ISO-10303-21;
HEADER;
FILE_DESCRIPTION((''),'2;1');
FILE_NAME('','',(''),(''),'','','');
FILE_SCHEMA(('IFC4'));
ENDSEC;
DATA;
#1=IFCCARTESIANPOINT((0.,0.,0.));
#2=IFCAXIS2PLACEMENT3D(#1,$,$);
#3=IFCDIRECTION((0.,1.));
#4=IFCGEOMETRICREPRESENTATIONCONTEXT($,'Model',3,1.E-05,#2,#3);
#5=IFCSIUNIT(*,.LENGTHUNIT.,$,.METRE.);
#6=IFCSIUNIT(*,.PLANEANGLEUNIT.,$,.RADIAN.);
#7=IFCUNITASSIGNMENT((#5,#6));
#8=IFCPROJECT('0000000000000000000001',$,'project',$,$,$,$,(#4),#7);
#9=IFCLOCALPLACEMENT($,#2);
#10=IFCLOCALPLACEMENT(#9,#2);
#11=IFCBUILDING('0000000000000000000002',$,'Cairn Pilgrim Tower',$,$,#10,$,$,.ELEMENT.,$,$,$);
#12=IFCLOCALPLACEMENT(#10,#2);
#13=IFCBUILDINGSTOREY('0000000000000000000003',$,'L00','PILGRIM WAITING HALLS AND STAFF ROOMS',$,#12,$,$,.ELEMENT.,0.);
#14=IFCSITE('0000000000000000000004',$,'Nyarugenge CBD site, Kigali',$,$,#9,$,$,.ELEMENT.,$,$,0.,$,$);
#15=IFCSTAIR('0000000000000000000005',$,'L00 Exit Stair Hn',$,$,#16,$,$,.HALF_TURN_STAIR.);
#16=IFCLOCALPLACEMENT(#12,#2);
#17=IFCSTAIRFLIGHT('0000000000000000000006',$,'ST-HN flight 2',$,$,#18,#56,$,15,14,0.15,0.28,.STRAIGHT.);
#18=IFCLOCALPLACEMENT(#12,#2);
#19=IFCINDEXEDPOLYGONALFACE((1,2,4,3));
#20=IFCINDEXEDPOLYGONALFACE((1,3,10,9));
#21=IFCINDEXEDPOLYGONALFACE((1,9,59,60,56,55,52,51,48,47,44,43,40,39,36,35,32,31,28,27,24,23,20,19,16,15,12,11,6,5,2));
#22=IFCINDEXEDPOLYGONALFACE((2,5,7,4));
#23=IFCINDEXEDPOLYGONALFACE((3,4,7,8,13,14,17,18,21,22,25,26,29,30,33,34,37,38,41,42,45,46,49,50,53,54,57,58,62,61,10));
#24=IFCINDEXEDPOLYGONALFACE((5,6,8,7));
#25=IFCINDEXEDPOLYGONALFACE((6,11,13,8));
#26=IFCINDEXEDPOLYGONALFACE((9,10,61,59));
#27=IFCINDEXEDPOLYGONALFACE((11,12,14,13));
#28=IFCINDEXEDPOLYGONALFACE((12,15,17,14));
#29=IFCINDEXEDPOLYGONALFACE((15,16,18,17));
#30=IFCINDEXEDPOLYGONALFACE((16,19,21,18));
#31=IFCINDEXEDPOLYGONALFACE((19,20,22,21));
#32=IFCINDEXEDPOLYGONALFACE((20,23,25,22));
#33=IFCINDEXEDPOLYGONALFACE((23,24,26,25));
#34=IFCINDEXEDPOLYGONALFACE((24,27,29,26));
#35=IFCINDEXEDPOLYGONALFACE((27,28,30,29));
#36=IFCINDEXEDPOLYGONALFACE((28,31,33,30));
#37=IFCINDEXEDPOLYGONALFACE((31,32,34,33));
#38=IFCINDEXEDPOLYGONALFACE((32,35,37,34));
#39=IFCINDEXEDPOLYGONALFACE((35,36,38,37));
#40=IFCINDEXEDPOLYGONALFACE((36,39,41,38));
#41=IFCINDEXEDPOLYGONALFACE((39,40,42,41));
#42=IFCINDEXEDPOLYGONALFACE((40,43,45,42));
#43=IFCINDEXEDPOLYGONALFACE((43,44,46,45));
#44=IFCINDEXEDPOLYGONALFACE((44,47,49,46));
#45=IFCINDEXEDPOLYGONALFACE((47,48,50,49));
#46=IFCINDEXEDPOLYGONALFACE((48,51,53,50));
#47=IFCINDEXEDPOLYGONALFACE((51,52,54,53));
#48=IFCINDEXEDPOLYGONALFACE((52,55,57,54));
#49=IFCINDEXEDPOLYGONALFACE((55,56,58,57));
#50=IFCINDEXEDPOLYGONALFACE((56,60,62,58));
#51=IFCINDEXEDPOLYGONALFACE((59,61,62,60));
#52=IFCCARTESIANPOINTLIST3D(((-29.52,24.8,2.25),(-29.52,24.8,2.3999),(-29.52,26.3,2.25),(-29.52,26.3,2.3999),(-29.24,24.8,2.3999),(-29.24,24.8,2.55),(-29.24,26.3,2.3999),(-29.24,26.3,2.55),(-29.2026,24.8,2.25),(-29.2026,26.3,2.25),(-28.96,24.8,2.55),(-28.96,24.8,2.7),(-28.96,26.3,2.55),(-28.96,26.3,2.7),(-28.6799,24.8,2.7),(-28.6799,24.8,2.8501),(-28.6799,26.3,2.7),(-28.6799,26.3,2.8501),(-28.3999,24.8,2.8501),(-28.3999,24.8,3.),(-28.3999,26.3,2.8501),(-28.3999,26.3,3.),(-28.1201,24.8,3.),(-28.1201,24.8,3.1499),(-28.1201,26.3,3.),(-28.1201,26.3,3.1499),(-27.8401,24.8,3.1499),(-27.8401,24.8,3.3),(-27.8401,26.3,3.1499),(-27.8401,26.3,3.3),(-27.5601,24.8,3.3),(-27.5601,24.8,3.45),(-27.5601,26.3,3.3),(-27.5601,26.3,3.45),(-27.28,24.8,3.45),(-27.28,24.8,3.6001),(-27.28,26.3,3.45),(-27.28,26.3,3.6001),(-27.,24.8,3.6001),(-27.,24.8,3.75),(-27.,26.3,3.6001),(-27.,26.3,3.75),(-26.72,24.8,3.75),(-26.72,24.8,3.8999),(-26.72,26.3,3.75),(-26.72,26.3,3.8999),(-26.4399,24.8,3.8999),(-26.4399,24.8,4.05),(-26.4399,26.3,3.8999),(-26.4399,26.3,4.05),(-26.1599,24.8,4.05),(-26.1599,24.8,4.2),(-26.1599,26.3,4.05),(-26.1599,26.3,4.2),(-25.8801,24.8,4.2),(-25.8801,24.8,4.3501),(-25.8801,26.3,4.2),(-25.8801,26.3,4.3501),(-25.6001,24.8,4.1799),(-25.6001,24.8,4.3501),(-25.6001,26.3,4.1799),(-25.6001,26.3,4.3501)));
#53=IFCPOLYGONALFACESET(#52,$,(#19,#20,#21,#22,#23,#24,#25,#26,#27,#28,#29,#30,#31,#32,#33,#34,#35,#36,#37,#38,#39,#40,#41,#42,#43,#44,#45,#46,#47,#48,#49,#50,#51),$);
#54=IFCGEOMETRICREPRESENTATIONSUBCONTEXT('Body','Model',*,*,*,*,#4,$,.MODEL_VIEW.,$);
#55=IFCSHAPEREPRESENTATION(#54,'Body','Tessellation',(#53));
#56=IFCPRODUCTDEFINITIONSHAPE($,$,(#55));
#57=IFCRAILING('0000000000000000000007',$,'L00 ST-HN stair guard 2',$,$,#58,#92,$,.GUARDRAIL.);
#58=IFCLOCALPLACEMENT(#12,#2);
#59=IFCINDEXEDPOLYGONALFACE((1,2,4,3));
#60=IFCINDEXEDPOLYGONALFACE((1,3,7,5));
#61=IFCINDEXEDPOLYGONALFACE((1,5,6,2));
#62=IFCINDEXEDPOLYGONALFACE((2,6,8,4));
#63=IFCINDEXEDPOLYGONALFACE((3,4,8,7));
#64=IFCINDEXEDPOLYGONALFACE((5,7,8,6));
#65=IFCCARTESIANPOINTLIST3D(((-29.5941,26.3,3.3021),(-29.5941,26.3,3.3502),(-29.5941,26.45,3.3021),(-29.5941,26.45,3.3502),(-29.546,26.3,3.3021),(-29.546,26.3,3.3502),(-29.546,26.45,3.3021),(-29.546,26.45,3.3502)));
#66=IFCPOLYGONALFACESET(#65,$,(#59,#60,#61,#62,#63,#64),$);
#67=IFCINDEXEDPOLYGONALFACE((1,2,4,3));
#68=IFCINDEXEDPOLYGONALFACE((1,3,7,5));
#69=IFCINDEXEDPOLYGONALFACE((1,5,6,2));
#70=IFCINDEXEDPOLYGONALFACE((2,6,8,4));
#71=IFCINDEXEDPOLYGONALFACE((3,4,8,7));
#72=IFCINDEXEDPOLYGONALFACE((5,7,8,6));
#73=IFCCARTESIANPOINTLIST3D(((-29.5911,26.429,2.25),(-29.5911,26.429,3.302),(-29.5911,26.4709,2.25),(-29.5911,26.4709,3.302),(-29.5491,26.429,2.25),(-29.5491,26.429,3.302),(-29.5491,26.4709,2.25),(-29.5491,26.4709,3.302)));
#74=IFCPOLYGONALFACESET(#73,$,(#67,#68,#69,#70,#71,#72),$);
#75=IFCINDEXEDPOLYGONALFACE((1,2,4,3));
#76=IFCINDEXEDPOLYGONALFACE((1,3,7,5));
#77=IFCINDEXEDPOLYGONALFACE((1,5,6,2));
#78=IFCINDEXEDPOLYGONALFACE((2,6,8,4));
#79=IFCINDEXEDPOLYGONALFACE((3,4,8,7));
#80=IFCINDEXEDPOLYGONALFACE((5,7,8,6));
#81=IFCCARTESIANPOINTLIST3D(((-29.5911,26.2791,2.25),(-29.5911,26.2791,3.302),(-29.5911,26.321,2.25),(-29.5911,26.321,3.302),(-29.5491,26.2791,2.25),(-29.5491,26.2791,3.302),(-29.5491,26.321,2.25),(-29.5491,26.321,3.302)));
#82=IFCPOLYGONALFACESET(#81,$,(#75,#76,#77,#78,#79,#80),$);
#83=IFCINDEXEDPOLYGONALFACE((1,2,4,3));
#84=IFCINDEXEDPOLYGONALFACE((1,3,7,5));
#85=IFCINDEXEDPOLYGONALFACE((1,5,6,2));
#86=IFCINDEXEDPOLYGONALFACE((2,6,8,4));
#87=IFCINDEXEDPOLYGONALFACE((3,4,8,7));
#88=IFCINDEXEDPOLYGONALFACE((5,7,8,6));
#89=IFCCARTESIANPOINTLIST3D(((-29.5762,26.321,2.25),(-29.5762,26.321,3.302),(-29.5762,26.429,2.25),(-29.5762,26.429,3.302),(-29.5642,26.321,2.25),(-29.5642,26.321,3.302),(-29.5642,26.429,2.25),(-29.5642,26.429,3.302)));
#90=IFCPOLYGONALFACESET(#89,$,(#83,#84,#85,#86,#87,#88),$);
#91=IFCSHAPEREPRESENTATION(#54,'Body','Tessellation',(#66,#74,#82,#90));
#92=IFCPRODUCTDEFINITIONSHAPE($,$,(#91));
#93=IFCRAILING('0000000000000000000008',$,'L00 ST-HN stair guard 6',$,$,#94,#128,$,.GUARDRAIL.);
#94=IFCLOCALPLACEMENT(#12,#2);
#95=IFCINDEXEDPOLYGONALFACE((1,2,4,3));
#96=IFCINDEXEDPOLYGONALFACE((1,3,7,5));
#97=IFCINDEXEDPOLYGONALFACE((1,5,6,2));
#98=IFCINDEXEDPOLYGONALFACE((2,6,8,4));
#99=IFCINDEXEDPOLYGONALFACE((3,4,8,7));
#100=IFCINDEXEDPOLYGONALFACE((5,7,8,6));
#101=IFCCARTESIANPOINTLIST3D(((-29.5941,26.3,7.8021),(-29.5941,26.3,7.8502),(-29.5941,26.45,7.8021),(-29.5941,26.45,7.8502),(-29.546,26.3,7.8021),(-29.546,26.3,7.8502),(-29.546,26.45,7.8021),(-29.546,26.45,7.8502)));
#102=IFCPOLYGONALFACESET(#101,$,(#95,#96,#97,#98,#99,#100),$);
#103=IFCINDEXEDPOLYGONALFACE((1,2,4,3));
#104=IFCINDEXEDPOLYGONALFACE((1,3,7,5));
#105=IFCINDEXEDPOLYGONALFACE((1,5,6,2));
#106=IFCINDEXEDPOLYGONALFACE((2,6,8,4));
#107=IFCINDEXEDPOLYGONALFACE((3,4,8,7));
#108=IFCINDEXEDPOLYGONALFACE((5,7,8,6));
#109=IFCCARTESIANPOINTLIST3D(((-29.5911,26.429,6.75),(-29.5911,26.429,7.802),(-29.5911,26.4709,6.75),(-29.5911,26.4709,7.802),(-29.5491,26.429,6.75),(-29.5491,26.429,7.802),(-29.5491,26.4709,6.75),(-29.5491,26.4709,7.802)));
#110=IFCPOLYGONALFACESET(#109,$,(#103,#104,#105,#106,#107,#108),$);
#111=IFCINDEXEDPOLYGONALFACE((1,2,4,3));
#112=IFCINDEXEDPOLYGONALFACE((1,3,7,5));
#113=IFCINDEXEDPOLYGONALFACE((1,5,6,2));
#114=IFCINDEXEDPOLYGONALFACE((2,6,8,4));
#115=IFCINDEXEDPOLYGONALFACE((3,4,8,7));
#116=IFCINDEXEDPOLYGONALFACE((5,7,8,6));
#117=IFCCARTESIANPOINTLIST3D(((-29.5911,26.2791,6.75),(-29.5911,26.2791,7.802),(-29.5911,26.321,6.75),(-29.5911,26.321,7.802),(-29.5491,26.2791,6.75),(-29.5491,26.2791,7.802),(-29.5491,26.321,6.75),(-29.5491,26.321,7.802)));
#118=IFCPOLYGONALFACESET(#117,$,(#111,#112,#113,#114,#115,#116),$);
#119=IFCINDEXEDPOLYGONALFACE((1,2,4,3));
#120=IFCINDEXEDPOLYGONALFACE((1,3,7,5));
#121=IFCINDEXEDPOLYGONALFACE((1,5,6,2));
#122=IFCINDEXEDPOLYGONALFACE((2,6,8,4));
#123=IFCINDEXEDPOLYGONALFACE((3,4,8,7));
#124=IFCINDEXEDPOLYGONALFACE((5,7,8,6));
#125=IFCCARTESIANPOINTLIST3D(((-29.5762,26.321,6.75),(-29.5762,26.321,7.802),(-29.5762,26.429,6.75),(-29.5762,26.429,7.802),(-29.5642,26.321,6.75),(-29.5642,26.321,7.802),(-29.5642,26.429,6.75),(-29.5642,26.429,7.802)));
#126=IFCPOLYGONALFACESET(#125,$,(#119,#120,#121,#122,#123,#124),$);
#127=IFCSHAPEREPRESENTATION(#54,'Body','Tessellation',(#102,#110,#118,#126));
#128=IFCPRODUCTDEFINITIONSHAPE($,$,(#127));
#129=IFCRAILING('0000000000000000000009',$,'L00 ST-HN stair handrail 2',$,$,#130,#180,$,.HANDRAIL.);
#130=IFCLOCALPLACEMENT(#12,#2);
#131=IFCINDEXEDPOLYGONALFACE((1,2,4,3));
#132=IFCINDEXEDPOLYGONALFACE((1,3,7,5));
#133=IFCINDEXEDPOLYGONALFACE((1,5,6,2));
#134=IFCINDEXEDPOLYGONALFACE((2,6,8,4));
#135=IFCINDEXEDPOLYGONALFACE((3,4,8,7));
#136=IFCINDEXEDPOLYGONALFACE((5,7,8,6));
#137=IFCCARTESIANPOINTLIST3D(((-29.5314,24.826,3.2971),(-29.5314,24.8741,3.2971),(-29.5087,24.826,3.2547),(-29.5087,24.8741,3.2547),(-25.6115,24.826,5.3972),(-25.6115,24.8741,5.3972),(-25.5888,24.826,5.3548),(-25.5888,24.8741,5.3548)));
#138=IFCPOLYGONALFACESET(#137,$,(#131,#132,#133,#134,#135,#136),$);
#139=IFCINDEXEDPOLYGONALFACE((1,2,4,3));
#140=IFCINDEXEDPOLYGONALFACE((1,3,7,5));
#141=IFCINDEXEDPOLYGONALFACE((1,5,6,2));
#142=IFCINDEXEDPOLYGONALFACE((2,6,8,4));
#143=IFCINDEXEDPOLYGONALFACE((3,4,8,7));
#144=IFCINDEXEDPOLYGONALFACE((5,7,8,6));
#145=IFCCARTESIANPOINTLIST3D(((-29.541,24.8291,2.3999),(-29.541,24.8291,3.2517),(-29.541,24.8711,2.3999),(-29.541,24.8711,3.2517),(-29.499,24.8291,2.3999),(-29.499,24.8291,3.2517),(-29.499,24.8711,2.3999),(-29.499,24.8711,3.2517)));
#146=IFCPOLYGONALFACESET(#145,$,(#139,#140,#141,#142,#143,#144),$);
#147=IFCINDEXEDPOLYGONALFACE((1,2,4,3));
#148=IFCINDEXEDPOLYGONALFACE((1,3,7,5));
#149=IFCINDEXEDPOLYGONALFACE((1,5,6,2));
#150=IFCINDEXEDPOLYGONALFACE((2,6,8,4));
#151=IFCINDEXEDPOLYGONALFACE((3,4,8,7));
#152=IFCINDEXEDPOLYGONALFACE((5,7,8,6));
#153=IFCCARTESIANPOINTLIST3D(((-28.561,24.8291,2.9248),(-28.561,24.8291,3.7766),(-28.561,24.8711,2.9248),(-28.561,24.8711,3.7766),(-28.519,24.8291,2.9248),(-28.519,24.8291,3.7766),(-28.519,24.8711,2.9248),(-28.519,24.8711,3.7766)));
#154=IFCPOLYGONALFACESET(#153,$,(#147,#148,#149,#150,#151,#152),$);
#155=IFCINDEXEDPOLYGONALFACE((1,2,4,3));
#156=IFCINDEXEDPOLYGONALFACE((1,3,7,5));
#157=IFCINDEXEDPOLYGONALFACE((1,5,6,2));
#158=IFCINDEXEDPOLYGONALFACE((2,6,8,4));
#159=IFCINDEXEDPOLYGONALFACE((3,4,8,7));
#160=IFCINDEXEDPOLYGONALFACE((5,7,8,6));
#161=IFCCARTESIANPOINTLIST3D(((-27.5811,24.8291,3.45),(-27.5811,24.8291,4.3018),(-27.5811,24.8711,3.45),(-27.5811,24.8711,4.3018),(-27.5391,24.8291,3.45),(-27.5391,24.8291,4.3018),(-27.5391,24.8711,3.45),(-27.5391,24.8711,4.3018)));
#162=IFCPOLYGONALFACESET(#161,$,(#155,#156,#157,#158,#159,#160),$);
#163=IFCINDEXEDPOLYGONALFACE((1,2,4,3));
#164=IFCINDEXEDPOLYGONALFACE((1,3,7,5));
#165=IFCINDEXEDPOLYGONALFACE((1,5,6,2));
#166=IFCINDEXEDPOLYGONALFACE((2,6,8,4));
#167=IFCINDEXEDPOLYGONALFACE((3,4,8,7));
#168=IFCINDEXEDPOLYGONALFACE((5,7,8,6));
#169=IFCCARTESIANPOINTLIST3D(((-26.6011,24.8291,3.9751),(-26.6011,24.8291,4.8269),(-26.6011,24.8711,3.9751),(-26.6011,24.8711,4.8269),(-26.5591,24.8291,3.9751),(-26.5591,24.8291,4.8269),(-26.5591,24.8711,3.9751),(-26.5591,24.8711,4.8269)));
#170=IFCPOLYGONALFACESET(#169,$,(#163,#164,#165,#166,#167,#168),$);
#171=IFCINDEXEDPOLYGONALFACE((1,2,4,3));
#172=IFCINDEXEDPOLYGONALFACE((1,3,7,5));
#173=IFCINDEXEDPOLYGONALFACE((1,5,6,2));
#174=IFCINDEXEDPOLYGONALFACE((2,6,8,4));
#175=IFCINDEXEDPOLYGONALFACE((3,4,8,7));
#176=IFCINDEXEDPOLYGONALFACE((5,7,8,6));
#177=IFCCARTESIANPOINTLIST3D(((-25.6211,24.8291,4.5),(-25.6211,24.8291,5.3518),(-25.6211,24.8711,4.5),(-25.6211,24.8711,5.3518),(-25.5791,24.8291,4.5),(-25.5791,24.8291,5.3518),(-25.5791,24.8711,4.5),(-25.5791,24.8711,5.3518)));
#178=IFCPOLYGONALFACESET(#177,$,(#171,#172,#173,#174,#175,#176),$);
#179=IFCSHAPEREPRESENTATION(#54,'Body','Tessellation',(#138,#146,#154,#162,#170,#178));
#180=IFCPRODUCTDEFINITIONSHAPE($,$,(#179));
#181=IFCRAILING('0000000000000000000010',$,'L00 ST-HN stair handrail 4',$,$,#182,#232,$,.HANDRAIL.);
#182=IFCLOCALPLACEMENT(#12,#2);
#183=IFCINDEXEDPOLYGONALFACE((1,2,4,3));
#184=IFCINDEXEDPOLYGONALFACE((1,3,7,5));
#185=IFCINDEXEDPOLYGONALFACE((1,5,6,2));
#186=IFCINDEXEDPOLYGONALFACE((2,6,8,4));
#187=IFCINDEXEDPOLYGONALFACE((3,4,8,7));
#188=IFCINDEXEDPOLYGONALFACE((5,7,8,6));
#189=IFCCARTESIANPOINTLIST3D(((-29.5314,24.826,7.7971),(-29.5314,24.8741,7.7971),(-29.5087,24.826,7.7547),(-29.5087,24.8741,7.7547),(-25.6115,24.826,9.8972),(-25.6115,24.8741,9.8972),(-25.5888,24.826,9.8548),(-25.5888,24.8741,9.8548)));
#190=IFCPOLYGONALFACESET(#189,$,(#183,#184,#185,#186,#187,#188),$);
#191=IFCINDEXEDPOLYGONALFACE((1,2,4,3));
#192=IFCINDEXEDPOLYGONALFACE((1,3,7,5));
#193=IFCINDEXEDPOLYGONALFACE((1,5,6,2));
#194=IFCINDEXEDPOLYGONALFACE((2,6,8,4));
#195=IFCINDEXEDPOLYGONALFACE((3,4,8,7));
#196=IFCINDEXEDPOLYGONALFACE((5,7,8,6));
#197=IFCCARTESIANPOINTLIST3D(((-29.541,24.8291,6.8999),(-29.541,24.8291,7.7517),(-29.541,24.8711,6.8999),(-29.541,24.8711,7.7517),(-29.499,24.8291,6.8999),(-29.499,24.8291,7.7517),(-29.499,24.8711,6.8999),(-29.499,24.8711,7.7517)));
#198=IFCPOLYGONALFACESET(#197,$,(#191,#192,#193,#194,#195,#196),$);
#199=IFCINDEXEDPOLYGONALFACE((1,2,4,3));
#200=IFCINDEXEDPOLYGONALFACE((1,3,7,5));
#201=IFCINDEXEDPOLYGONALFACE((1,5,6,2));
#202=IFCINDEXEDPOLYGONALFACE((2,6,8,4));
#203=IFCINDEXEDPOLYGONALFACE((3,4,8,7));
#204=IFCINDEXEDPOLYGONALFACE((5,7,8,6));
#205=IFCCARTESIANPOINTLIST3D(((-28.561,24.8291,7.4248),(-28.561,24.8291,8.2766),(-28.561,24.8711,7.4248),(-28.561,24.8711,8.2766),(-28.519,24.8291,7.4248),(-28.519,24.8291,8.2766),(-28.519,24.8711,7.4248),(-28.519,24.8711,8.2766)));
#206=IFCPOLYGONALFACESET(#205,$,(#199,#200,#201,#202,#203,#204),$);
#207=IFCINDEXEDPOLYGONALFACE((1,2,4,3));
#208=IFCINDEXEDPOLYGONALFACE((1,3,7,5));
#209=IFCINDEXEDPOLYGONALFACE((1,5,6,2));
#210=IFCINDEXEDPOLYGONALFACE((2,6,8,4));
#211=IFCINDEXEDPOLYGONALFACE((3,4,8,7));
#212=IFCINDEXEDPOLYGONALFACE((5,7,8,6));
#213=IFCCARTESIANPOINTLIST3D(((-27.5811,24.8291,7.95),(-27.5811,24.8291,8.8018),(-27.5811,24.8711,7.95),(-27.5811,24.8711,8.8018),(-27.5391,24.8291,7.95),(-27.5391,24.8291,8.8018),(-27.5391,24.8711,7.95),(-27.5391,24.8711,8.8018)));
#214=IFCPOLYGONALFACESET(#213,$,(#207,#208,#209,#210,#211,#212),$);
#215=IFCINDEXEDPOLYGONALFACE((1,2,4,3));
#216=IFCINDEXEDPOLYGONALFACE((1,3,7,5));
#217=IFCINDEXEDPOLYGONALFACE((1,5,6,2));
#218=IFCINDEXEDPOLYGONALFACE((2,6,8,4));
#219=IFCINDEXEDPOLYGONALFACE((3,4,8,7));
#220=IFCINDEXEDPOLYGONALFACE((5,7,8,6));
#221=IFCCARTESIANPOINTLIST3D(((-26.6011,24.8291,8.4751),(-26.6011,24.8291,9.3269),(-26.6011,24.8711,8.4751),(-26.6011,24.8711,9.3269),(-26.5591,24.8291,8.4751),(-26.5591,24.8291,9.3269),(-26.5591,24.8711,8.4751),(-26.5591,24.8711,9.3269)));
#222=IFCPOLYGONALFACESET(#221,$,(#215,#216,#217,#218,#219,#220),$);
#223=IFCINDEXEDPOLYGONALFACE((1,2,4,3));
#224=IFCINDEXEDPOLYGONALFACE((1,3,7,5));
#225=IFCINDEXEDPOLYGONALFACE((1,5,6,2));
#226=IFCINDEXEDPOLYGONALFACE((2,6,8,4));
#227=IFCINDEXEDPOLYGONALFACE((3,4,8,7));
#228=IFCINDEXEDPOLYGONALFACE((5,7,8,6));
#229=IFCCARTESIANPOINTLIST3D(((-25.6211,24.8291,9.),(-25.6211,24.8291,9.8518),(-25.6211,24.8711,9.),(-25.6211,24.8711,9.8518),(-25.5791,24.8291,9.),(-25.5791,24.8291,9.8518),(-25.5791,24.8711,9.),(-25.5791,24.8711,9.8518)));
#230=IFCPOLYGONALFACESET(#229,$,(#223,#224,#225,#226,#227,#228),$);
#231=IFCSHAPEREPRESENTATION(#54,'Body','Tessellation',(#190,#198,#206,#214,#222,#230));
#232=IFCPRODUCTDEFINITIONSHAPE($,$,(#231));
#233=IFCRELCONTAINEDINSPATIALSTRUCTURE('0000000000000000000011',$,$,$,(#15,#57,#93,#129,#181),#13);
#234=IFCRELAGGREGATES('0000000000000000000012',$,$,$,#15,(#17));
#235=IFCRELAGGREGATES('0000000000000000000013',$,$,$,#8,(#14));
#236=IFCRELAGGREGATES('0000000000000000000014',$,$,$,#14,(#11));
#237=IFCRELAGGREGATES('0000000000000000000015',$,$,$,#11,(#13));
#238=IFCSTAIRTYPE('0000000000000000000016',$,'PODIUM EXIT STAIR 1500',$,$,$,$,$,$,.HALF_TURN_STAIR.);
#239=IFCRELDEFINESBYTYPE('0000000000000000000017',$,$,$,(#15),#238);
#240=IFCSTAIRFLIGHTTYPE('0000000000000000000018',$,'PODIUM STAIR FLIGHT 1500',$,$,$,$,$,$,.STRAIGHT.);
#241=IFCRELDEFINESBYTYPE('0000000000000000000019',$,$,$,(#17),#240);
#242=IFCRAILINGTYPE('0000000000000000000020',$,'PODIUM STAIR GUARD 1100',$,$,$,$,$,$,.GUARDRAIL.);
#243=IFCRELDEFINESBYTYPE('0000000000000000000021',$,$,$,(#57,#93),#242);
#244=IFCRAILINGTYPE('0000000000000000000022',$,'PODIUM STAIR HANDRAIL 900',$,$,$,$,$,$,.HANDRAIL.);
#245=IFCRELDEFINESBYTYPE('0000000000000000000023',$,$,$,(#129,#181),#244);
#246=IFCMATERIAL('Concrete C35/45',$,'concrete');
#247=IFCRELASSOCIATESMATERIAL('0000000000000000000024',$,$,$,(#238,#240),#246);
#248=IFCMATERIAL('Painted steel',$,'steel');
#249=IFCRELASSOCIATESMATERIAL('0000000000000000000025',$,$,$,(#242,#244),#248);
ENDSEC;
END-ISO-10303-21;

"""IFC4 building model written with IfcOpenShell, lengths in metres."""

from ifc_helpers import new_model, si_unit, direction, frame, origin, origin_2d, place, context, subcontext, project, spatial, polyline, rectangle, outline, extrude, material, type_object, element, aggregate, save


model = new_model("IFC4")

# Units and contexts
model_context = context("Model", 3, precision=1e-05, world=origin(), true_north=direction((0.0, 1.0)))
body_context = subcontext(model_context, "Body", "Model", "MODEL_VIEW")
ifc_project = project(units=[si_unit("LENGTHUNIT", "METRE"), si_unit("PLANEANGLEUNIT", "RADIAN")], contexts=[model_context])

# Site, building, storey
site_placement = place(None, origin())
site = spatial("IfcSite", under=ifc_project, at=site_placement, Name="Nyarugenge CBD site, Kigali", CompositionType="ELEMENT", RefElevation=0.0)
building_placement = place(site_placement, origin())
building = spatial("IfcBuilding", under=site, at=building_placement, Name="Cairn Pilgrim Tower", CompositionType="ELEMENT")
storey_placement = place(building_placement, origin())
storey = spatial("IfcBuildingStorey", under=building, at=storey_placement, Name="L00", Description="PILGRIM WAITING HALLS AND STAFF ROOMS", CompositionType="ELEMENT", Elevation=0.0)

# Shared definitions
ifc_material_1 = material(Name="Concrete C35/45", Category="concrete")

# Shared definitions
ifc_material_2 = material(Name="Painted steel", Category="steel")

# Stair, stair flight
stair_type = type_object("IfcStairType", Name="PODIUM EXIT STAIR 1500", PredefinedType="HALF_TURN_STAIR", material=ifc_material_1)
stair_placement = place(storey_placement, origin())
stair = element("IfcStair", 1, at=stair_placement, inside=storey, type_object=stair_type, Name="L00 Exit Stair Hn", PredefinedType="HALF_TURN_STAIR")
stair_flight_type = type_object("IfcStairFlightType", Name="PODIUM STAIR FLIGHT 1500", PredefinedType="STRAIGHT", material=ifc_material_1)
stair_flight_placement = place(storey_placement, frame((-29.52, 25.55, 2.25), z_axis=(0.0, 0.0, 1.0), x_axis=(1.0, 0.0, 0.0)))
stair_flight = element("IfcStairFlight", 2, at=stair_flight_placement, type_object=stair_flight_type, Name="ST-HN flight 2", NumberOfRisers=15, NumberOfTreads=14, PredefinedType="STRAIGHT", RiserHeight=0.15, TreadLength=0.28, context=body_context, shape_type="SweptSolid", body=[
    extrude(outline(polyline([(0.0, 0.0), (0.0, 0.1499), (0.28, 0.1499), (0.28, 0.3), (0.5601, 0.3), (0.5601, 0.45), (0.8401, 0.45), (0.8401, 0.6001), (1.1201, 0.6001), (1.1201, 0.75), (1.3999, 0.75), (1.3999, 0.8999), (1.6799, 0.8999), (1.6799, 1.05), (1.96, 1.05), (1.96, 1.2), (2.24, 1.2), (2.24, 1.3501), (2.52, 1.3501), (2.52, 1.5), (2.8, 1.5), (2.8, 1.6499), (3.0801, 1.6499), (3.0801, 1.8), (3.3601, 1.8), (3.3601, 1.95), (3.6399, 1.95), (3.6399, 2.1001), (3.9199, 2.1001), (3.9199, 2.25), (3.9199, 1.9299), (0.3174, 0.0), (0.0, 0.0)])), frame((0.0, 0.75, 0.0), z_axis=(0.0, -1.0, 0.0), x_axis=(1.0, 0.0, 0.0)), (0.0, 0.0, 1.0), 1.5),
])
aggregate(stair, [stair_flight])

# Railings
railing_type_1 = type_object("IfcRailingType", Name="PODIUM STAIR GUARD 1100", PredefinedType="GUARDRAIL", material=ifc_material_2)
for number, where, name in (
    (3, (-29.5701, 26.45, 2.25), "L00 ST-HN stair guard 2"),
    (4, (-29.5701, 26.45, 6.75), "L00 ST-HN stair guard 6"),
):
    element("IfcRailing", number, at=place(storey_placement, frame(where)), inside=storey, type_object=railing_type_1, Name=name, PredefinedType="GUARDRAIL", context=body_context, shape_type="SweptSolid", body=[
        extrude(rectangle(XDim=0.0481, YDim=0.0481, at=origin_2d()), frame((0.0, 0.0, 1.0762), z_axis=(0.0, -1.0, 0.0), x_axis=(1.0, 0.0, 0.0)), (0.0, 0.0, 1.0), 0.1499),
        extrude(rectangle(XDim=0.042, YDim=0.042, at=origin_2d()), origin(), (0.0, 0.0, 1.0), 1.052),
        extrude(rectangle(XDim=0.042, YDim=0.042, at=origin_2d()), frame((0.0, -0.1499, 0.0)), (0.0, 0.0, 1.0), 1.052),
        extrude(outline(polyline([(0.021, 0.0), (0.1289, 0.0), (0.1289, 1.052), (0.021, 1.052), (0.021, 0.0)])), frame((0.0059, 0.0, 0.0), z_axis=(-1.0, 0.0, 0.0), x_axis=(0.0, -1.0, 0.0)), (0.0, 0.0, 1.0), 0.012),
    ])
railing_type_2 = type_object("IfcRailingType", Name="PODIUM STAIR HANDRAIL 900", PredefinedType="HANDRAIL", material=ifc_material_2)
for number, where, name in (
    (5, (-29.52, 24.8501, 2.3999), "L00 ST-HN stair handrail 2"),
    (6, (-29.52, 24.8501, 6.8999), "L00 ST-HN stair handrail 4"),
):
    element("IfcRailing", number, at=place(storey_placement, frame(where)), inside=storey, type_object=railing_type_2, Name=name, PredefinedType="HANDRAIL", context=body_context, shape_type="SweptSolid", body=[
        extrude(rectangle(XDim=0.0481, YDim=0.0481, at=origin_2d()), frame((0.0, 0.0, 0.876), z_axis=(0.881467, 0.0, 0.472246), x_axis=(0.0, 1.0, 0.0)), (0.0, 0.0, 1.0), 4.447),
        extrude(rectangle(XDim=0.042, YDim=0.042, at=origin_2d()), origin(), (0.0, 0.0, 1.0), 0.8518),
        extrude(rectangle(XDim=0.042, YDim=0.042, at=origin_2d()), frame((0.98, 0.0, 0.5249)), (0.0, 0.0, 1.0), 0.8518),
        extrude(rectangle(XDim=0.042, YDim=0.042, at=origin_2d()), frame((1.96, 0.0, 1.05)), (0.0, 0.0, 1.0), 0.8518),
        extrude(rectangle(XDim=0.042, YDim=0.042, at=origin_2d()), frame((2.9399, 0.0, 1.5752)), (0.0, 0.0, 1.0), 0.8518),
        extrude(rectangle(XDim=0.042, YDim=0.042, at=origin_2d()), frame((3.9199, 0.0, 2.1001)), (0.0, 0.0, 1.0), 0.8518),
    ])

save(model, "model.ifc")
